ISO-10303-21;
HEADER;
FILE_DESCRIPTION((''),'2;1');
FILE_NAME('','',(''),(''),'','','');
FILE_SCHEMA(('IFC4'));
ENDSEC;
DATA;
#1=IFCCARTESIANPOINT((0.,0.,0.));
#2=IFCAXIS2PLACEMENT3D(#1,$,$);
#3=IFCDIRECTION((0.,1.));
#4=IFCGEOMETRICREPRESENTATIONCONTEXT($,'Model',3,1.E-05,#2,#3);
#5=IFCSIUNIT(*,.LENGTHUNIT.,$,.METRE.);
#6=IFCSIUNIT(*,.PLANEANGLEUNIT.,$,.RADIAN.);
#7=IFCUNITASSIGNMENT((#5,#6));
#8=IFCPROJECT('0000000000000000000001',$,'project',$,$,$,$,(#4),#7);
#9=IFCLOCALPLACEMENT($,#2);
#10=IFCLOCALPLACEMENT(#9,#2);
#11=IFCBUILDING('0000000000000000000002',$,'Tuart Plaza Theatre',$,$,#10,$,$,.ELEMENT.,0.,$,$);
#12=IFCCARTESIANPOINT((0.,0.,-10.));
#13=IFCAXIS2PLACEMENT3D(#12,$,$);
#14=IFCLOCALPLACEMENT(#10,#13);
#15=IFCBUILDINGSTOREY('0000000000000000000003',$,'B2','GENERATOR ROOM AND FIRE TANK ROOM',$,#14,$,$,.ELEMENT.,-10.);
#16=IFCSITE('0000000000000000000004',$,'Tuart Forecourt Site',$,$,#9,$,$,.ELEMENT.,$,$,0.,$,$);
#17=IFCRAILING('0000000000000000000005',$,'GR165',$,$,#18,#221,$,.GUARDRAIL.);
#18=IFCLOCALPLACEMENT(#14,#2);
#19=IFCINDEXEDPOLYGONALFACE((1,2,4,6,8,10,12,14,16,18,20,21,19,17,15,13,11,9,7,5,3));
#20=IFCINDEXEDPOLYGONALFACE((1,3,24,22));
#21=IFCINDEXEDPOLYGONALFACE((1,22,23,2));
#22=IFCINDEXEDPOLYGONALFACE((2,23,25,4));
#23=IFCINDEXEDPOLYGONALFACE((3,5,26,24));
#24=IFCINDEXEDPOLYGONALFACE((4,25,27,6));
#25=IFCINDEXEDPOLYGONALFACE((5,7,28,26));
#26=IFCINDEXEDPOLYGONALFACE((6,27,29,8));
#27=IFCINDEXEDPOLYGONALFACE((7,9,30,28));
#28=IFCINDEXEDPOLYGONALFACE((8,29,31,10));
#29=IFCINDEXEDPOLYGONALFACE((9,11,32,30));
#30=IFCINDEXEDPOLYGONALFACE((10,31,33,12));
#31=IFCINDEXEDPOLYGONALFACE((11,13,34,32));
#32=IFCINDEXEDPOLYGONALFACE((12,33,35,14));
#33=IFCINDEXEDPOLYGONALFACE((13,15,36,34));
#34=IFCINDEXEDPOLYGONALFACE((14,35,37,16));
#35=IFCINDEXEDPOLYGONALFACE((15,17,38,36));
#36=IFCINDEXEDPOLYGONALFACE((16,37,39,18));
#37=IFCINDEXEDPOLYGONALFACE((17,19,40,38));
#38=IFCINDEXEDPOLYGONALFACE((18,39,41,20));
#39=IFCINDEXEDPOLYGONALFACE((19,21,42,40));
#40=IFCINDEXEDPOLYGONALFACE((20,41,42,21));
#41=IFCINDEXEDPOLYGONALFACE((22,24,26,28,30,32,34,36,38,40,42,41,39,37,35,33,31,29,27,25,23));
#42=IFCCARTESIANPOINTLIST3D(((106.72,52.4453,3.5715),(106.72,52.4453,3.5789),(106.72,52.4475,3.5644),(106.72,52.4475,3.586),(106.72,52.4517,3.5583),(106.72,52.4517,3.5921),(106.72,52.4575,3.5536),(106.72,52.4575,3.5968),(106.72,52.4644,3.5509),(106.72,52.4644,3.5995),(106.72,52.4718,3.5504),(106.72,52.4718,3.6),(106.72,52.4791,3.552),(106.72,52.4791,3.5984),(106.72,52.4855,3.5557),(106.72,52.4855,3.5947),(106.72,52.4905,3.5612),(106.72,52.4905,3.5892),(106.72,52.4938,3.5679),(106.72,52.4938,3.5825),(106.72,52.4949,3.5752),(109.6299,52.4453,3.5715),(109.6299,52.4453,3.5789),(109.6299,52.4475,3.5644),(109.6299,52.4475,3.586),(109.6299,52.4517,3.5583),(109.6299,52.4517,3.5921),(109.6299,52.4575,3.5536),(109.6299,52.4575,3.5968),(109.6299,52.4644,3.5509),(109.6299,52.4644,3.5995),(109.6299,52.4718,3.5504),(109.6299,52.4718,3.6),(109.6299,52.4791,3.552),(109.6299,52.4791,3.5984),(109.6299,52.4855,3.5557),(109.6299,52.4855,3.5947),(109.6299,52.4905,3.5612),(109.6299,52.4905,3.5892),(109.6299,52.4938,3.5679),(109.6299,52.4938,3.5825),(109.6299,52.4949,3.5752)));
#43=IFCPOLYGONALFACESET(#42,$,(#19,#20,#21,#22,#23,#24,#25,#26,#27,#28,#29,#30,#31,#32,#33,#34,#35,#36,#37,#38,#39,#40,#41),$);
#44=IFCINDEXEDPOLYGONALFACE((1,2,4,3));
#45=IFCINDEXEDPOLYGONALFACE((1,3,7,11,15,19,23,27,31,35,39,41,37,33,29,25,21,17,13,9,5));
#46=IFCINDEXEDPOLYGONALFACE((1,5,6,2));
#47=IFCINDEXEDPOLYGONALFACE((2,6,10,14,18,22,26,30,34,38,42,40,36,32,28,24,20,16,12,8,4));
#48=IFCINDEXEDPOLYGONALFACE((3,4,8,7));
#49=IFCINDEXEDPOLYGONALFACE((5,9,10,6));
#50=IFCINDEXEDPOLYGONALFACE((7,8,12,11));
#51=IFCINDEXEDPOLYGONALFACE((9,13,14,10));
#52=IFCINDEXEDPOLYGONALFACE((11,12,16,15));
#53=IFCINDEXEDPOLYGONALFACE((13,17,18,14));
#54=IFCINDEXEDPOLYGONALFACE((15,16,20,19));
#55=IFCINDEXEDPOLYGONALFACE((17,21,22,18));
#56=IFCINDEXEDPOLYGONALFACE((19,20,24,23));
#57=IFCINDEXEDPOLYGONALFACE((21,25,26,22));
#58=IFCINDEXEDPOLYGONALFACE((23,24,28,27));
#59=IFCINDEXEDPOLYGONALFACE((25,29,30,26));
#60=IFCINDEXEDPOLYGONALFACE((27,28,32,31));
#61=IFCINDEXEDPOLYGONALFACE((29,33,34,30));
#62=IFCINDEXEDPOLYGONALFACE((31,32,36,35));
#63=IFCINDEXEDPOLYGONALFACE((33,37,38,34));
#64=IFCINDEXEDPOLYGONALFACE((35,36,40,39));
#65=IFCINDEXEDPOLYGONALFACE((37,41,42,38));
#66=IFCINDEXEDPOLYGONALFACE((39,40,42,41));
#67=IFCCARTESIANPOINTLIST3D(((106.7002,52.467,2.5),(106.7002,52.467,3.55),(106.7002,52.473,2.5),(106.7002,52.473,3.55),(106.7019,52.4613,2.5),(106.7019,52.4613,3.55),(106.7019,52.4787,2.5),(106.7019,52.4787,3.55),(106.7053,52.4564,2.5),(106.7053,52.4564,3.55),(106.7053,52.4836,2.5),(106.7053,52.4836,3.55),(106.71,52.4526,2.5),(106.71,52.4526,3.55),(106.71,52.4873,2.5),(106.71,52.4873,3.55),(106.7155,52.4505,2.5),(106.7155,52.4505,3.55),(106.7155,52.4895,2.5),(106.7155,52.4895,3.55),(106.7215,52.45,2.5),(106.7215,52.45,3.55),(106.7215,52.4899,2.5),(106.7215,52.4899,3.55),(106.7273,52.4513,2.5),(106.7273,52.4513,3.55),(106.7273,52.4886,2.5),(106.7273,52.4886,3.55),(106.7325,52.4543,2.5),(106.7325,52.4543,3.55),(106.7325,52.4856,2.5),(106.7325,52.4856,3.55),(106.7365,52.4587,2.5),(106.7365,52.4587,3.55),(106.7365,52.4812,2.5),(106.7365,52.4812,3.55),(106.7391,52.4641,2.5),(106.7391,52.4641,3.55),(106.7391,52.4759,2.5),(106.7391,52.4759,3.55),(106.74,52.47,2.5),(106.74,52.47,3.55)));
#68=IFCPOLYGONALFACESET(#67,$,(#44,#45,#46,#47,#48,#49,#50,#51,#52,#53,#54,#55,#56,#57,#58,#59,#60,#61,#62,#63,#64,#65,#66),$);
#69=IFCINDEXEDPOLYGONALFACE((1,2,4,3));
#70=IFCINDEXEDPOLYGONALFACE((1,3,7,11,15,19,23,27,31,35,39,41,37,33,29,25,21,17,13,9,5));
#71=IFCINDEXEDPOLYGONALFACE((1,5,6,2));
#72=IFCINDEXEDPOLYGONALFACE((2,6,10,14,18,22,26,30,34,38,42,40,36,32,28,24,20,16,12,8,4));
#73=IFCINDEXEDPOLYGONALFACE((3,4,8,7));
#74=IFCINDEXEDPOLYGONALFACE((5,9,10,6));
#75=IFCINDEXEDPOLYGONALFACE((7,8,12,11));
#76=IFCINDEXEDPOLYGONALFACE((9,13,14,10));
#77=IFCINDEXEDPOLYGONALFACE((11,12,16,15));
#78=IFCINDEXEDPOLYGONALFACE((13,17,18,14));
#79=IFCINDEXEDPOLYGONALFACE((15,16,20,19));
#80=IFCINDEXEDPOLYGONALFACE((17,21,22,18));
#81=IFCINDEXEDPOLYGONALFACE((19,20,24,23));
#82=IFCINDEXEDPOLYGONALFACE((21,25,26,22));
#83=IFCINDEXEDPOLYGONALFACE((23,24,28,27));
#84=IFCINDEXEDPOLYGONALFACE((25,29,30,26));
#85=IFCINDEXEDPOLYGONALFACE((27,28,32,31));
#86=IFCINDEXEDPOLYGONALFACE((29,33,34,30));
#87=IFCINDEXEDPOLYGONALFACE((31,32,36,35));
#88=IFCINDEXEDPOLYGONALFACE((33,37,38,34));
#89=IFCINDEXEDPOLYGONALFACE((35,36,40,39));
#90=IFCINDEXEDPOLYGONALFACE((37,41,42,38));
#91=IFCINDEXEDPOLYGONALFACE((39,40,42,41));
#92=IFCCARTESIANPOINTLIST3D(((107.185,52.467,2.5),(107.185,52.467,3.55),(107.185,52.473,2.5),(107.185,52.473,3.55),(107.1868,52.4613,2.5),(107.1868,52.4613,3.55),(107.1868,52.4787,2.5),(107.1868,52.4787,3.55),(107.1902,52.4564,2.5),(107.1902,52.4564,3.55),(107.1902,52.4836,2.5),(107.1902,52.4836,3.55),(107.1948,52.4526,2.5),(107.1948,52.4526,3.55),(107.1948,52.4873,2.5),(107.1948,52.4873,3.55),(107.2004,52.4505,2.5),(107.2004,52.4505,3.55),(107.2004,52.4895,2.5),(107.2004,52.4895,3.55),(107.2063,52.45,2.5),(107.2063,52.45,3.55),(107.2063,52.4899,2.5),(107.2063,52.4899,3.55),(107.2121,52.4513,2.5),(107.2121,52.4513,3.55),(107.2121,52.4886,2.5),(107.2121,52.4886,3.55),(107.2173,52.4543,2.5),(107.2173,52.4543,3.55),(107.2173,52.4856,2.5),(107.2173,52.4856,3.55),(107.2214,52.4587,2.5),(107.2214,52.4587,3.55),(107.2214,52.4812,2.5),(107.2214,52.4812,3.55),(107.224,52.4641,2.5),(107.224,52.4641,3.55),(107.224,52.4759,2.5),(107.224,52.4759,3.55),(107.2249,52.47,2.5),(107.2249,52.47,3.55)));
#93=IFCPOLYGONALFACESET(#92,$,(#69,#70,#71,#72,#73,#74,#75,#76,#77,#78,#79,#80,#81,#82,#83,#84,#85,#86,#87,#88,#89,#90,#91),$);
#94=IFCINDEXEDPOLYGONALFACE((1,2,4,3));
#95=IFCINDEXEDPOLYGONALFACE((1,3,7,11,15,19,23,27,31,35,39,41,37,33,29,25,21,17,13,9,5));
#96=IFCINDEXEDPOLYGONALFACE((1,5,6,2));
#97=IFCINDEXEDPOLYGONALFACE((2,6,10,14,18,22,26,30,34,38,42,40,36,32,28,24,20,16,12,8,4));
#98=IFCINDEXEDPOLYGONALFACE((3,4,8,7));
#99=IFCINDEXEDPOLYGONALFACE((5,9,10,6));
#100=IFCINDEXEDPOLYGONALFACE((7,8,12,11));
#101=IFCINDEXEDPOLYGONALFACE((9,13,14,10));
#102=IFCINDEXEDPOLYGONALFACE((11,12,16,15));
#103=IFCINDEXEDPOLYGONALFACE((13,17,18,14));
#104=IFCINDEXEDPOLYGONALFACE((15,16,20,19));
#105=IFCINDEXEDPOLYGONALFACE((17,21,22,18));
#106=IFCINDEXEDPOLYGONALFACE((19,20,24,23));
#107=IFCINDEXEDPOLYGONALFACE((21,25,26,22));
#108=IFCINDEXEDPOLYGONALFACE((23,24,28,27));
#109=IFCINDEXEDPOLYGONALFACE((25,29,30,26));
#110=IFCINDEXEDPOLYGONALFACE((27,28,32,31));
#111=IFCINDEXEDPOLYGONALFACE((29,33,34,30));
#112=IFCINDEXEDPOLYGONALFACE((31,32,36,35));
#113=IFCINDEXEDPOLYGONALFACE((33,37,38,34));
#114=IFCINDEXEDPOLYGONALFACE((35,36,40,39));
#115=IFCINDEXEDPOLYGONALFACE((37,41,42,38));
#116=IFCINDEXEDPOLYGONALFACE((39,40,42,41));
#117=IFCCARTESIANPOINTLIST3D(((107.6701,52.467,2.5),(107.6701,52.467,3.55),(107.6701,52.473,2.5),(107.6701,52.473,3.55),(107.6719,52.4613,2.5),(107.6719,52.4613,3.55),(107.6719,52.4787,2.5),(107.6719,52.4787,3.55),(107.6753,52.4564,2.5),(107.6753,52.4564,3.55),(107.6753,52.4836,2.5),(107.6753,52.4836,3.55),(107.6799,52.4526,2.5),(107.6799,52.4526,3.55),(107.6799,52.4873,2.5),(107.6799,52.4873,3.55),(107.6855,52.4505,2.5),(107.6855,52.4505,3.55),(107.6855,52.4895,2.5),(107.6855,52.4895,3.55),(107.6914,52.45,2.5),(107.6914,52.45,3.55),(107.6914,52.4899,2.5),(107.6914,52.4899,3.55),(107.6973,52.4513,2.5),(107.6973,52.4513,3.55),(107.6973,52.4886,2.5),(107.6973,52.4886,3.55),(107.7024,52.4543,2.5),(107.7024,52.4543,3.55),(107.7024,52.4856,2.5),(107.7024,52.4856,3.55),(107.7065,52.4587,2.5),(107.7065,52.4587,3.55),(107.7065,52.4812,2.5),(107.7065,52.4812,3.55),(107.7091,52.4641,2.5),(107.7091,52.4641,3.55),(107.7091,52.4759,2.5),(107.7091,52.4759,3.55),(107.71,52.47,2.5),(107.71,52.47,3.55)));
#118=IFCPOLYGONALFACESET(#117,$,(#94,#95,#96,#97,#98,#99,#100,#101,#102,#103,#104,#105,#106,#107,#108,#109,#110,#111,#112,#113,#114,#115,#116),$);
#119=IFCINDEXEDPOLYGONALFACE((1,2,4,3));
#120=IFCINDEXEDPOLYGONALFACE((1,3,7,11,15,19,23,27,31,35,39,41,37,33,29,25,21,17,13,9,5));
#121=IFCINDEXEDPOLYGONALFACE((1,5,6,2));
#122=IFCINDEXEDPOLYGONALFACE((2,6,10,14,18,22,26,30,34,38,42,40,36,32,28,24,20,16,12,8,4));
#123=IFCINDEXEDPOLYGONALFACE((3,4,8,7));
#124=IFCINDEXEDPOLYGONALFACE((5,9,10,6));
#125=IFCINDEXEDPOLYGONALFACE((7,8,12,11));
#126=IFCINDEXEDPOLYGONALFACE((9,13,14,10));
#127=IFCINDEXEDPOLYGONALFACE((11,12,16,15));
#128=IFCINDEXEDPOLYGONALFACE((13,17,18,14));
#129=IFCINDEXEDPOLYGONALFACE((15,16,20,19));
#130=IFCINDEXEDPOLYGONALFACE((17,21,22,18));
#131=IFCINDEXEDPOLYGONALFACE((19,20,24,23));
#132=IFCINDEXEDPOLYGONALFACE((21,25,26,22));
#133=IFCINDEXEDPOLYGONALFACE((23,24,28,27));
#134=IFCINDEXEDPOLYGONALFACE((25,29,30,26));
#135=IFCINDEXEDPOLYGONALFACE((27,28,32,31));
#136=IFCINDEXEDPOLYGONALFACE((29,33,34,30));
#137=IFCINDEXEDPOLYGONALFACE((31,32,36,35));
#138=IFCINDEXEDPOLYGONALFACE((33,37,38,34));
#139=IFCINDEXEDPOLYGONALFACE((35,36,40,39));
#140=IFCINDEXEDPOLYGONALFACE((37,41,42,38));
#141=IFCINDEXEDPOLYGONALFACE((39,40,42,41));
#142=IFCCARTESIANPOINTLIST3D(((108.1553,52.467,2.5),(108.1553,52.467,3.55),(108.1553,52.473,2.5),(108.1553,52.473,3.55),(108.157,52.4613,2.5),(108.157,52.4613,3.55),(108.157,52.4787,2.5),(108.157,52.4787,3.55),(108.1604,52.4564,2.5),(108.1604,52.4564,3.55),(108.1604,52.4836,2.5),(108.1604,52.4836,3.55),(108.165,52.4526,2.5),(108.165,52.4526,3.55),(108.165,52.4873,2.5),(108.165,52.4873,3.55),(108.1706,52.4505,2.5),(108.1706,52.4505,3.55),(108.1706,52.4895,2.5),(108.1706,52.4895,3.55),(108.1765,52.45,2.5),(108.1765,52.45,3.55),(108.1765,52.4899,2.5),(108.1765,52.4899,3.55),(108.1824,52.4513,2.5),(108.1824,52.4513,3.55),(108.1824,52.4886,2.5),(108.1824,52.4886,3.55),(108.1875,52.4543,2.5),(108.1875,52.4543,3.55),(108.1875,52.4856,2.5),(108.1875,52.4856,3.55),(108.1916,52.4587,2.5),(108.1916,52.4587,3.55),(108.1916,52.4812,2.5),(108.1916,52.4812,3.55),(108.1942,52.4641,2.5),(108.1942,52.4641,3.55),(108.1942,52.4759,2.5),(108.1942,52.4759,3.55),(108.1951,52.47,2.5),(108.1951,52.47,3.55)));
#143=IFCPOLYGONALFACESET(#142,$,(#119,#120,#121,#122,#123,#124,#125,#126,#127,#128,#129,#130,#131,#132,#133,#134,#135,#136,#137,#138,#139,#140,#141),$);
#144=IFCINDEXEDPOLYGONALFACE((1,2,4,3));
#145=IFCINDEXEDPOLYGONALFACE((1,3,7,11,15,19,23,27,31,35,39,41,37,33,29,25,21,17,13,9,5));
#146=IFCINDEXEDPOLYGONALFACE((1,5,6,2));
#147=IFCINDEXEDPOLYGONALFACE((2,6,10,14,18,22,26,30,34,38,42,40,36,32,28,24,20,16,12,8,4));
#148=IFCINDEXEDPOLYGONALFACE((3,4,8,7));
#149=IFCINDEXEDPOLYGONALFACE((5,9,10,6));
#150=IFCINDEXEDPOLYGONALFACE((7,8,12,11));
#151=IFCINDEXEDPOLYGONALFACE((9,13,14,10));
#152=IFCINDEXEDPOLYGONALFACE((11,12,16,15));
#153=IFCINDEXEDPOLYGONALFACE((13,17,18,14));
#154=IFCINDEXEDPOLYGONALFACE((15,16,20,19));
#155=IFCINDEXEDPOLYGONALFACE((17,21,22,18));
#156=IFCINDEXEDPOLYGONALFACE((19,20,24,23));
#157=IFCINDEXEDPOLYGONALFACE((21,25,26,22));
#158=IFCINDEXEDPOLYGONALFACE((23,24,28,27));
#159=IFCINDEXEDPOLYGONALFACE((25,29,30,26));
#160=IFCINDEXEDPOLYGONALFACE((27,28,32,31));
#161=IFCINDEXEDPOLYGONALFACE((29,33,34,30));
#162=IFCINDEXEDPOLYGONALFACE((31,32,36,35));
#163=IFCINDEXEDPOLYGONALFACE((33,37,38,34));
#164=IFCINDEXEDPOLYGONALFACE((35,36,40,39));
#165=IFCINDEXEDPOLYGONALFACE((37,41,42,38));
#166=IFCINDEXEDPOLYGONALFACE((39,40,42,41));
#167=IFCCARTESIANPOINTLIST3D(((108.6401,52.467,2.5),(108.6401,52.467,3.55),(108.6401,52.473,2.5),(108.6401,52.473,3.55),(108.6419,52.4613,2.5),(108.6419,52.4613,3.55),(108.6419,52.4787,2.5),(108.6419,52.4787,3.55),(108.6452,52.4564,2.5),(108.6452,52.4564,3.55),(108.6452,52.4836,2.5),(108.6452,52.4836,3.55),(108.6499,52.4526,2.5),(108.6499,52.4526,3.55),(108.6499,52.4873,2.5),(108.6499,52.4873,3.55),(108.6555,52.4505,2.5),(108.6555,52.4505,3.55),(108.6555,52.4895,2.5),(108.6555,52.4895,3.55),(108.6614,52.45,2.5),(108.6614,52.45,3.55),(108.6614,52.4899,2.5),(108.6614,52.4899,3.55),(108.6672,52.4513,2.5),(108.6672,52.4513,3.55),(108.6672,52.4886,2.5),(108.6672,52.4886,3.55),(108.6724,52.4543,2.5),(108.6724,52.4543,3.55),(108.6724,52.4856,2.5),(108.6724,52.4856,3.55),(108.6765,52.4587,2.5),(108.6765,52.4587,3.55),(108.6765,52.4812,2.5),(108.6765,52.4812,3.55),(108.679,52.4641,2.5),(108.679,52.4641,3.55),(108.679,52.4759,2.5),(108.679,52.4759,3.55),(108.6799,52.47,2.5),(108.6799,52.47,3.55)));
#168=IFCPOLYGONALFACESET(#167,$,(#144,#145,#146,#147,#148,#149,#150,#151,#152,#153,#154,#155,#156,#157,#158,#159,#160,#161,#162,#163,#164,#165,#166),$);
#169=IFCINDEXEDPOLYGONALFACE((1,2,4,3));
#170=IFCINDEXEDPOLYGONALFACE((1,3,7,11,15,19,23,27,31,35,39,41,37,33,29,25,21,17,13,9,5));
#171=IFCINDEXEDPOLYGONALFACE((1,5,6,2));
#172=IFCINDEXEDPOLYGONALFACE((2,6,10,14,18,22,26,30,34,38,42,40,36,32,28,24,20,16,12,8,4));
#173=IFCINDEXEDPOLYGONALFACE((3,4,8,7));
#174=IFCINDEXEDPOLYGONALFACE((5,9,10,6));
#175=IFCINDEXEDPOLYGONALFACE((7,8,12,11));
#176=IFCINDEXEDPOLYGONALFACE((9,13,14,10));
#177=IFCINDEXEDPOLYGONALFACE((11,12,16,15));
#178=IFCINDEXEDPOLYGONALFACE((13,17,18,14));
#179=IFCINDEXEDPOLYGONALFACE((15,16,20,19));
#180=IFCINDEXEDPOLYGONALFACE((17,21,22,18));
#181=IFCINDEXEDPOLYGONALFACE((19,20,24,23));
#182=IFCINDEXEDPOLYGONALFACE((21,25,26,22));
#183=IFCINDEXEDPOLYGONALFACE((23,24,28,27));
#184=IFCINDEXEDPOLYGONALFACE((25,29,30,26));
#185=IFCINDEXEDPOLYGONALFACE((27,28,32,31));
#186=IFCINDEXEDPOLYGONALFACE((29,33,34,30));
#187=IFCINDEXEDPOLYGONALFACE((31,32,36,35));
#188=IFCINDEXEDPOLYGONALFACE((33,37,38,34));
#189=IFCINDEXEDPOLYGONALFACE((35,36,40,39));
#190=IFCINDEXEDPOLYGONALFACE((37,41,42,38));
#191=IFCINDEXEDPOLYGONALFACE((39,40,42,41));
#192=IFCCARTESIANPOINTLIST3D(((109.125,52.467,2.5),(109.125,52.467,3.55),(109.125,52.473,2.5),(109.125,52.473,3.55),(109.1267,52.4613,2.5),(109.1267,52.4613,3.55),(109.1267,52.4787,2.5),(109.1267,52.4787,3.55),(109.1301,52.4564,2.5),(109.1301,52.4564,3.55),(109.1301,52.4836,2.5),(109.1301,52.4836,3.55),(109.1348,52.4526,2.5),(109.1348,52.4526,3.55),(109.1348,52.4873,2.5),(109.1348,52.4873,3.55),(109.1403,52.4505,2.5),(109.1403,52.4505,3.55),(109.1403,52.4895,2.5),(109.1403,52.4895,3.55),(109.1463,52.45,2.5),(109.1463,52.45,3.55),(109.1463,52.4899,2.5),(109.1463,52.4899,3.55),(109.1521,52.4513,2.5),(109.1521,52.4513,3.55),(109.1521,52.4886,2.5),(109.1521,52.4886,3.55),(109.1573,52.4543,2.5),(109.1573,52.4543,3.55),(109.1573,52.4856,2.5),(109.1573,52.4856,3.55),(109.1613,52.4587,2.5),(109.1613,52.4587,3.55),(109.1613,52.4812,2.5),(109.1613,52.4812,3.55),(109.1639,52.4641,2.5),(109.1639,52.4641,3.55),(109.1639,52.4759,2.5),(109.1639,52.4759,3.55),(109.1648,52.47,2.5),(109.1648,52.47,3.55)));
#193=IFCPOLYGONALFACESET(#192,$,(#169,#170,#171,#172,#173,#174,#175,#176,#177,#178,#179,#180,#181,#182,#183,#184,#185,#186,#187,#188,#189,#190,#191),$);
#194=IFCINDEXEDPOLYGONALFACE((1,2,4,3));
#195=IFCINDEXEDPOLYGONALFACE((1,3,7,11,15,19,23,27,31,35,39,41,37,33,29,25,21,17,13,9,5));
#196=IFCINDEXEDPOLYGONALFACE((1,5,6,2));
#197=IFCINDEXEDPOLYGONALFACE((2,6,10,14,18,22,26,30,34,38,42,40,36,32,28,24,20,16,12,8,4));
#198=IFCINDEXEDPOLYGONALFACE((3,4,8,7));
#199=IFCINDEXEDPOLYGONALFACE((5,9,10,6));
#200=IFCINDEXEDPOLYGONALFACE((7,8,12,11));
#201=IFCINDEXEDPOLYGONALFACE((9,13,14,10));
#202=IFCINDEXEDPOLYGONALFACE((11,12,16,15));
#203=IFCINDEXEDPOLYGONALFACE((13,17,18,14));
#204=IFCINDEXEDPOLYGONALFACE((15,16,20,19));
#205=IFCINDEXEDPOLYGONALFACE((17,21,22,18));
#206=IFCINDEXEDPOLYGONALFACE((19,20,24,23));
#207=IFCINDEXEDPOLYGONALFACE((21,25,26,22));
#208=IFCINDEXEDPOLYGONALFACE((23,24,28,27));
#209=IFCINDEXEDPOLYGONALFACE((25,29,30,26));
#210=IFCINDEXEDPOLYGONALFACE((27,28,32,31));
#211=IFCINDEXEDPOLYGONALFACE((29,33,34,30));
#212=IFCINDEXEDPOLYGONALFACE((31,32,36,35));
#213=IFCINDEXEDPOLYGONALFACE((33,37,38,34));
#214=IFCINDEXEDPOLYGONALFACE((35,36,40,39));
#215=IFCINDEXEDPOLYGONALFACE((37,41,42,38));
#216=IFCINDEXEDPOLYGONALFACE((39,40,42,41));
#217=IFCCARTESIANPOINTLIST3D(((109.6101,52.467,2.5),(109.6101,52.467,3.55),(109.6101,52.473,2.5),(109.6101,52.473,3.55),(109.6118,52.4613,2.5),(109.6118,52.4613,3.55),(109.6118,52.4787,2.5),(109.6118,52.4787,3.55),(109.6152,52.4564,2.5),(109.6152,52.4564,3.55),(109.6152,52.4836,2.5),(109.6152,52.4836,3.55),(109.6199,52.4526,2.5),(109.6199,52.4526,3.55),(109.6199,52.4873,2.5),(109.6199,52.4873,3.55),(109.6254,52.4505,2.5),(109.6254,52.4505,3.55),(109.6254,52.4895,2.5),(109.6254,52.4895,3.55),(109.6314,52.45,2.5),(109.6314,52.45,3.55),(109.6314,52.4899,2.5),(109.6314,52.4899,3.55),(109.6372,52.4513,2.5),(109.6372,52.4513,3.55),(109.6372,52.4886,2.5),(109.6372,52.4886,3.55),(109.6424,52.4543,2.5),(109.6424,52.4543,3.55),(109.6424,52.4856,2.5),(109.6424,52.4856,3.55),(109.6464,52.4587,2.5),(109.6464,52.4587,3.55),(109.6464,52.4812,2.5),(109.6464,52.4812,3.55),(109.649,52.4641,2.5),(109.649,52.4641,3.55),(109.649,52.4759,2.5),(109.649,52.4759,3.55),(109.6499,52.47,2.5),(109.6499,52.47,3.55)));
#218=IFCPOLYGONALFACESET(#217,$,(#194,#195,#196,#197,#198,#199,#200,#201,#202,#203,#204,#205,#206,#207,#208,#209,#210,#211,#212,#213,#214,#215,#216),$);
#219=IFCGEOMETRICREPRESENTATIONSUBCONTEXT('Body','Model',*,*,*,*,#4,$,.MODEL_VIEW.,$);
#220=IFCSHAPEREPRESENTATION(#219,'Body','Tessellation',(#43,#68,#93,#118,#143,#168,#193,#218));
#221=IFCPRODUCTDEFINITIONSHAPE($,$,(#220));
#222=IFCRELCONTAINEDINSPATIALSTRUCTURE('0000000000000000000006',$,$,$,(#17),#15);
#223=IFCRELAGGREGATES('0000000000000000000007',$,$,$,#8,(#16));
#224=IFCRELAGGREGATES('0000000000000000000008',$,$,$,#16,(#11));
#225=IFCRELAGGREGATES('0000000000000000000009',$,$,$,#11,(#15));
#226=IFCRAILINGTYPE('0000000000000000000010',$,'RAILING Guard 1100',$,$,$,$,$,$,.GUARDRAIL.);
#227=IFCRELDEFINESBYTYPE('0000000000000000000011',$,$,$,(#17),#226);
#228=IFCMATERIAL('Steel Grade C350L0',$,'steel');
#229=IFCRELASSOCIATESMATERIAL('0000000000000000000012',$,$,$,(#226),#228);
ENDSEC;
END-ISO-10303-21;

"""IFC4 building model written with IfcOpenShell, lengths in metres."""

from ifc_helpers import new_model, si_unit, direction, frame, origin, origin_2d, place, context, subcontext, project, spatial, circle, extrude, material, type_object, element, save


model = new_model("IFC4")

# Units and contexts
model_context = context("Model", 3, precision=1e-05, world=origin(), true_north=direction((0.0, 1.0)))
body_context = subcontext(model_context, "Body", "Model", "MODEL_VIEW")
ifc_project = project(units=[si_unit("LENGTHUNIT", "METRE"), si_unit("PLANEANGLEUNIT", "RADIAN")], contexts=[model_context])

# Site, building, storey
site_placement = place(None, origin())
site = spatial("IfcSite", under=ifc_project, at=site_placement, Name="Tuart Forecourt Site", CompositionType="ELEMENT", RefElevation=0.0)
building_placement = place(site_placement, origin())
building = spatial("IfcBuilding", under=site, at=building_placement, Name="Tuart Plaza Theatre", CompositionType="ELEMENT", ElevationOfRefHeight=0.0)
storey_placement = place(building_placement, frame((0.0, 0.0, -10.0)))
storey = spatial("IfcBuildingStorey", under=building, at=storey_placement, Name="B2", Description="GENERATOR ROOM AND FIRE TANK ROOM", CompositionType="ELEMENT", Elevation=-10.0)

# Railing
ifc_material_1 = material(Name="Steel Grade C350L0", Category="steel")
railing_type_1 = type_object("IfcRailingType", Name="RAILING Guard 1100", PredefinedType="GUARDRAIL", material=ifc_material_1)
railing_1_placement = place(storey_placement, frame((106.72, 52.47, 2.5)))
element("IfcRailing", 1, at=railing_1_placement, inside=storey, type_object=railing_type_1, Name="GR165", PredefinedType="GUARDRAIL", context=body_context, shape_type="SweptSolid", body=[
    extrude(circle(Radius=0.0249, at=origin_2d()), frame((0.0, 0.0, 1.0752), z_axis=(1.0, 0.0, 0.0), x_axis=(0.0, 1.0, 0.0)), (0.0, 0.0, 1.0), 2.9099),
    extrude(circle(Radius=0.02, at=origin_2d()), origin(), (0.0, 0.0, 1.0), 1.05),
    extrude(circle(Radius=0.02, at=origin_2d()), frame((0.4849, 0.0, 0.0)), (0.0, 0.0, 1.0), 1.05),
    extrude(circle(Radius=0.02, at=origin_2d()), frame((0.97, 0.0, 0.0)), (0.0, 0.0, 1.0), 1.05),
    extrude(circle(Radius=0.02, at=origin_2d()), frame((1.4551, 0.0, 0.0)), (0.0, 0.0, 1.0), 1.05),
    extrude(circle(Radius=0.02, at=origin_2d()), frame((1.9399, 0.0, 0.0)), (0.0, 0.0, 1.0), 1.05),
    extrude(circle(Radius=0.02, at=origin_2d()), frame((2.4248, 0.0, 0.0)), (0.0, 0.0, 1.0), 1.05),
    extrude(circle(Radius=0.02, at=origin_2d()), frame((2.9099, 0.0, 0.0)), (0.0, 0.0, 1.0), 1.05),
])

save(model, "model.ifc")
